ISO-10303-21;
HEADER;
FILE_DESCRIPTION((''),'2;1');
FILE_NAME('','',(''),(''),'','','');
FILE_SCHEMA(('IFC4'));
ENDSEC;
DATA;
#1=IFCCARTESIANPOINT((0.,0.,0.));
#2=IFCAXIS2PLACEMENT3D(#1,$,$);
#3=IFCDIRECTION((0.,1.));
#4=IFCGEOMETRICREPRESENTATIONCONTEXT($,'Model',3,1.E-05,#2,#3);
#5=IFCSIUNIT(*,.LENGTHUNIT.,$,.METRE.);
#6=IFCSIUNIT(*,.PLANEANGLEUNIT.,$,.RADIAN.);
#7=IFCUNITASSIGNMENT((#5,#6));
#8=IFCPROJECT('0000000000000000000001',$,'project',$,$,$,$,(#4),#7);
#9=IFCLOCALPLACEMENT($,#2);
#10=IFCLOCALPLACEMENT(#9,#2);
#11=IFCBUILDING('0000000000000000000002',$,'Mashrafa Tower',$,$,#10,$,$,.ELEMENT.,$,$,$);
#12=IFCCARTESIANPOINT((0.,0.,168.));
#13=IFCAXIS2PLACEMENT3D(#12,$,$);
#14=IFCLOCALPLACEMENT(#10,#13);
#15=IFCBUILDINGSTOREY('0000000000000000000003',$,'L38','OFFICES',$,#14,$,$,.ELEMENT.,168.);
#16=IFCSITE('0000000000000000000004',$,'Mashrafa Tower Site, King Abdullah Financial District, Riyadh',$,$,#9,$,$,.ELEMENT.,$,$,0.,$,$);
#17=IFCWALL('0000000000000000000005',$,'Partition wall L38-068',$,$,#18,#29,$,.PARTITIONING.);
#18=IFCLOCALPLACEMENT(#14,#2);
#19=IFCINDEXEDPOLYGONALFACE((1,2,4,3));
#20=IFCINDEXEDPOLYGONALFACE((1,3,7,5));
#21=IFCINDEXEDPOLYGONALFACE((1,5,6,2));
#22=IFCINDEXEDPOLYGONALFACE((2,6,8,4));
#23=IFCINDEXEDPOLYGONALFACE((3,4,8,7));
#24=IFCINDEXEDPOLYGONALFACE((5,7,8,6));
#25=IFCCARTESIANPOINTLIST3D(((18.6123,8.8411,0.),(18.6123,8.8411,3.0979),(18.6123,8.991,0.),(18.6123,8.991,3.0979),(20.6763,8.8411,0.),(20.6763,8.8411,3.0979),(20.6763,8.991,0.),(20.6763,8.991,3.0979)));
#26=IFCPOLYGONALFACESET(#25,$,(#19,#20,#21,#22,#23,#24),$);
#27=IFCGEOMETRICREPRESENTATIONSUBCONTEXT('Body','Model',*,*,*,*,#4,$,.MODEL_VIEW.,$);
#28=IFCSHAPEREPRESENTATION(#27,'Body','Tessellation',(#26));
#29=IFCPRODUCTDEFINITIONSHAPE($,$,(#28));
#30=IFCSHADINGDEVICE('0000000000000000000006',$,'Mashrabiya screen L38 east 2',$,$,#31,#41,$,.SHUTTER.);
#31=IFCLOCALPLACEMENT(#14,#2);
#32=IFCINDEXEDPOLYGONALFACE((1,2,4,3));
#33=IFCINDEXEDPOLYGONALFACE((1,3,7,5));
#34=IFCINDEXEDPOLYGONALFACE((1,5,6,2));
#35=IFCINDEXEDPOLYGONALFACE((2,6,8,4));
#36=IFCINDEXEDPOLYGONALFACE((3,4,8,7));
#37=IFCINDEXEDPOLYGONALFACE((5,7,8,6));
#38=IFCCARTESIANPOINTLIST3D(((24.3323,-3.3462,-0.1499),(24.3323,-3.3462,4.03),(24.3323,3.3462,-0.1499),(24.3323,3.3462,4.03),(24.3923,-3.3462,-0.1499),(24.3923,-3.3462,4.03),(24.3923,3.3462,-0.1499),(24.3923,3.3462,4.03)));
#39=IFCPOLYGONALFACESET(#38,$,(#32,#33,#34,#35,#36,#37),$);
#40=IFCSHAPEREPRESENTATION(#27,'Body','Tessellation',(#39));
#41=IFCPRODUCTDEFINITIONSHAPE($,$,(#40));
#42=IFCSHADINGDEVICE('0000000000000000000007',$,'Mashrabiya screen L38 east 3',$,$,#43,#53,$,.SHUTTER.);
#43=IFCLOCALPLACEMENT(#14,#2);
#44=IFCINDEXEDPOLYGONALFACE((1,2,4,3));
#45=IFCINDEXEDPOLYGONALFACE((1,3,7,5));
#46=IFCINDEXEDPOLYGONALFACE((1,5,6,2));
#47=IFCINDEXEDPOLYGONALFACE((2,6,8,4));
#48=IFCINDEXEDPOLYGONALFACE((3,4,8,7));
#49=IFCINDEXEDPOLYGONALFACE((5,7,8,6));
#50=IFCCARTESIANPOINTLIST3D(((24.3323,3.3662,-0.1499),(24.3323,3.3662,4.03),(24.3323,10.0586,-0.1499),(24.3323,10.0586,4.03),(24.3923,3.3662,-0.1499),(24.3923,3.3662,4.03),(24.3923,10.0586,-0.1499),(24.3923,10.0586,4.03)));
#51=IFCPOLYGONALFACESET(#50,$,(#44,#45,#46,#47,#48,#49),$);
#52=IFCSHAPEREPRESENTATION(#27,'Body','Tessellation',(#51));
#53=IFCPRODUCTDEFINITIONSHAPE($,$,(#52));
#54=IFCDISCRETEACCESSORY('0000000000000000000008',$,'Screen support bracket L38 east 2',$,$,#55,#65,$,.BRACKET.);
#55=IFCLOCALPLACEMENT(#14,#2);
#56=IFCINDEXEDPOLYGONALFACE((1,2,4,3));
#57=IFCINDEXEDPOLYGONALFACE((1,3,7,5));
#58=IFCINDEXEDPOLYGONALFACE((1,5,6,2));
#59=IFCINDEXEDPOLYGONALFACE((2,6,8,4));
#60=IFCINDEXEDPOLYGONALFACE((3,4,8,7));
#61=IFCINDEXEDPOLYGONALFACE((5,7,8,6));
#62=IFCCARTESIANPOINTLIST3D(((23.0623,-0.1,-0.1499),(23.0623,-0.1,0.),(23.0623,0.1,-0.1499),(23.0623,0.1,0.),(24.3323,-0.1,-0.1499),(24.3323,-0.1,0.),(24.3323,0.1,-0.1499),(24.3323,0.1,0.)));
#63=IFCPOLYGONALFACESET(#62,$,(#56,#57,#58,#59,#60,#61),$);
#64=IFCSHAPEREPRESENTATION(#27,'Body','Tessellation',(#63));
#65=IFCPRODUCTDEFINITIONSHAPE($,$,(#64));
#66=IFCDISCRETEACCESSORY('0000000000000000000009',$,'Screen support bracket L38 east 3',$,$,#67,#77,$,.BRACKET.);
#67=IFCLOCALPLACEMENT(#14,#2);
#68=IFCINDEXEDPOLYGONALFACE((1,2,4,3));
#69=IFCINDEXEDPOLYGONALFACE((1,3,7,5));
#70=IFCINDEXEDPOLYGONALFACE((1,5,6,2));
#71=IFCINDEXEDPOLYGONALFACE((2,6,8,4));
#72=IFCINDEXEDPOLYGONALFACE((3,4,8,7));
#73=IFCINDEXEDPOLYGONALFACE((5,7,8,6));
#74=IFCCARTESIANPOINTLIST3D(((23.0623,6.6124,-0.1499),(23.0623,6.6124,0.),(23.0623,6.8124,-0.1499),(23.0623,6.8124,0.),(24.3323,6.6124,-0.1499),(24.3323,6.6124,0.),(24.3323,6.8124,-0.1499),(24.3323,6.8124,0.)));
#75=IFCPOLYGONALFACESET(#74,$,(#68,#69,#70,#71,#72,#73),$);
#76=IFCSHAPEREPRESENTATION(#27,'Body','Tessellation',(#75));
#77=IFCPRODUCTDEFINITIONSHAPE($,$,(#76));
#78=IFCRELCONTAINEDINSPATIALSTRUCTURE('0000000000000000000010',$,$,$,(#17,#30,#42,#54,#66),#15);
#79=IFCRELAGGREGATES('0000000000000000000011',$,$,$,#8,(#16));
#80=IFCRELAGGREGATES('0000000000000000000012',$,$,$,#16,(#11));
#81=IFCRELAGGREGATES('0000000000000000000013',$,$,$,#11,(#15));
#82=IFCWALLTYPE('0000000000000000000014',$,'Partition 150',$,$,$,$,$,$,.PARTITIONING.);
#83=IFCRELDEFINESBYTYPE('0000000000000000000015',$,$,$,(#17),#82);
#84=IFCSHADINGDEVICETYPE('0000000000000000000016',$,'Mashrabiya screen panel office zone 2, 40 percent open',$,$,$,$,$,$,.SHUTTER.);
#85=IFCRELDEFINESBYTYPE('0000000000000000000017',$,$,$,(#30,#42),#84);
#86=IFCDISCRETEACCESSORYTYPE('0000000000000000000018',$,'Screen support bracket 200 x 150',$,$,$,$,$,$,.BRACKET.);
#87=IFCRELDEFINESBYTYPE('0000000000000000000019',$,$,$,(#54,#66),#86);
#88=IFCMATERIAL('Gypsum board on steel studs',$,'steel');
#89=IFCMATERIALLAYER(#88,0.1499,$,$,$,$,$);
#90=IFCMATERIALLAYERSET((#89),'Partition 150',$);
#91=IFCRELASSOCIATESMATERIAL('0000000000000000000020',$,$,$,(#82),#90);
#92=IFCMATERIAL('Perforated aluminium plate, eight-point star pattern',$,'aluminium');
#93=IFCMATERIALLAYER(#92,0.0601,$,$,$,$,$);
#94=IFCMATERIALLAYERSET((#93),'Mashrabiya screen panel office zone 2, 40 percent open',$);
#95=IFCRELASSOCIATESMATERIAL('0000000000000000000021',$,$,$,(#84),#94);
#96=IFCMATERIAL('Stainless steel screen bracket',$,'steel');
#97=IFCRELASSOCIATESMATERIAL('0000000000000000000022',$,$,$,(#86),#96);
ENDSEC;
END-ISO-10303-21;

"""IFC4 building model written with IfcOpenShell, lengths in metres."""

from ifc_helpers import new_model, si_unit, direction, frame, frame_2d, origin, origin_2d, place, context, subcontext, project, spatial, rectangle, extrude, source, transform, mapped, material, layer, layer_set, type_object, type_shapes, element, save


model = new_model("IFC4")

# Units and contexts
model_context = context("Model", 3, precision=1e-05, world=origin(), true_north=direction((0.0, 1.0)))
body_context = subcontext(model_context, "Body", "Model", "MODEL_VIEW")
ifc_project = project(units=[si_unit("LENGTHUNIT", "METRE"), si_unit("PLANEANGLEUNIT", "RADIAN")], contexts=[model_context])

# Site, building, storey
site_placement = place(None, origin())
site = spatial("IfcSite", under=ifc_project, at=site_placement, Name="Mashrafa Tower Site, King Abdullah Financial District, Riyadh", CompositionType="ELEMENT", RefElevation=0.0)
building_placement = place(site_placement, origin())
building = spatial("IfcBuilding", under=site, at=building_placement, Name="Mashrafa Tower", CompositionType="ELEMENT")
storey_placement = place(building_placement, frame((0.0, 0.0, 168.0)))
storey = spatial("IfcBuildingStorey", under=building, at=storey_placement, Name="L38", Description="OFFICES", CompositionType="ELEMENT", Elevation=168.0)

# Shared definitions
ifc_material_1 = material(Name="Gypsum board on steel studs", Category="steel")
ifc_layer_1 = layer(ifc_material_1, 0.1499)
ifc_layer_set_1 = layer_set([ifc_layer_1], Name="Partition 150")
wall_type_1 = type_object("IfcWallType", Name="Partition 150", PredefinedType="PARTITIONING", material=ifc_layer_set_1)

# Wall
wall_1_placement = place(storey_placement, frame((20.6763, 8.916, 0.0), z_axis=(0.0, 0.0, 1.0), x_axis=(-1.0, 0.0, 0.0)))
element("IfcWall", 1, at=wall_1_placement, inside=storey, type_object=wall_type_1, Name="Partition wall L38-068", PredefinedType="PARTITIONING", context=body_context, shape_type="SweptSolid", body=[
    extrude(rectangle(XDim=2.064, YDim=0.1499, at=frame_2d((1.032, 0.0))), origin(), (0.0, 0.0, 1.0), 3.0979),
])

# Shading devices
ifc_material_2 = material(Name="Perforated aluminium plate, eight-point star pattern", Category="aluminium")
ifc_layer_2 = layer(ifc_material_2, 0.0601)
ifc_layer_set_2 = layer_set([ifc_layer_2], Name="Mashrabiya screen panel office zone 2, 40 percent open")
shading_device_type = type_object("IfcShadingDeviceType", Name="Mashrabiya screen panel office zone 2, 40 percent open", PredefinedType="SHUTTER", material=ifc_layer_set_2)
shared_shape_1 = source(origin(), body_context, "Body", "SweptSolid", [
    extrude(rectangle(XDim=6.6924, YDim=0.0601, at=origin_2d()), origin(), (0.0, 0.0, 1.0), 4.1799),
])
type_shapes(shading_device_type, [shared_shape_1])
for number, where, z_axis, x_axis, name in (
    (2, (24.3623, 0.0, -0.1499), (0.0, 0.0, 1.0), (0.0, 1.0, 0.0), "Mashrabiya screen L38 east 2"),
    (3, (24.3623, 6.7124, -0.1499), (0.0, 0.0, 1.0), (0.0, 1.0, 0.0), "Mashrabiya screen L38 east 3"),
):
    element("IfcShadingDevice", number, at=place(storey_placement, frame(where, z_axis=z_axis, x_axis=x_axis)), inside=storey, type_object=shading_device_type, Name=name, PredefinedType="SHUTTER", context=body_context, shape_type="MappedRepresentation", body=[
        mapped(shared_shape_1, transform((0.0, 0.0, 0.0))),
    ])

# Discrete accessories
ifc_material_3 = material(Name="Stainless steel screen bracket", Category="steel")
discrete_accessory_type = type_object("IfcDiscreteAccessoryType", Name="Screen support bracket 200 x 150", PredefinedType="BRACKET", material=ifc_material_3)
shared_shape_2 = source(origin(), body_context, "Body", "SweptSolid", [
    extrude(rectangle(XDim=0.2, YDim=1.27, at=origin_2d()), origin(), (0.0, 0.0, 1.0), 0.1499),
])
type_shapes(discrete_accessory_type, [shared_shape_2])
for number, where, z_axis, x_axis, name in (
    (4, (23.6973, 0.0, -0.1499), (0.0, 0.0, 1.0), (0.0, 1.0, 0.0), "Screen support bracket L38 east 2"),
    (5, (23.6973, 6.7124, -0.1499), (0.0, 0.0, 1.0), (0.0, 1.0, 0.0), "Screen support bracket L38 east 3"),
):
    element("IfcDiscreteAccessory", number, at=place(storey_placement, frame(where, z_axis=z_axis, x_axis=x_axis)), inside=storey, type_object=discrete_accessory_type, Name=name, PredefinedType="BRACKET", context=body_context, shape_type="MappedRepresentation", body=[
        mapped(shared_shape_2, transform((0.0, 0.0, 0.0))),
    ])

save(model, "model.ifc")
